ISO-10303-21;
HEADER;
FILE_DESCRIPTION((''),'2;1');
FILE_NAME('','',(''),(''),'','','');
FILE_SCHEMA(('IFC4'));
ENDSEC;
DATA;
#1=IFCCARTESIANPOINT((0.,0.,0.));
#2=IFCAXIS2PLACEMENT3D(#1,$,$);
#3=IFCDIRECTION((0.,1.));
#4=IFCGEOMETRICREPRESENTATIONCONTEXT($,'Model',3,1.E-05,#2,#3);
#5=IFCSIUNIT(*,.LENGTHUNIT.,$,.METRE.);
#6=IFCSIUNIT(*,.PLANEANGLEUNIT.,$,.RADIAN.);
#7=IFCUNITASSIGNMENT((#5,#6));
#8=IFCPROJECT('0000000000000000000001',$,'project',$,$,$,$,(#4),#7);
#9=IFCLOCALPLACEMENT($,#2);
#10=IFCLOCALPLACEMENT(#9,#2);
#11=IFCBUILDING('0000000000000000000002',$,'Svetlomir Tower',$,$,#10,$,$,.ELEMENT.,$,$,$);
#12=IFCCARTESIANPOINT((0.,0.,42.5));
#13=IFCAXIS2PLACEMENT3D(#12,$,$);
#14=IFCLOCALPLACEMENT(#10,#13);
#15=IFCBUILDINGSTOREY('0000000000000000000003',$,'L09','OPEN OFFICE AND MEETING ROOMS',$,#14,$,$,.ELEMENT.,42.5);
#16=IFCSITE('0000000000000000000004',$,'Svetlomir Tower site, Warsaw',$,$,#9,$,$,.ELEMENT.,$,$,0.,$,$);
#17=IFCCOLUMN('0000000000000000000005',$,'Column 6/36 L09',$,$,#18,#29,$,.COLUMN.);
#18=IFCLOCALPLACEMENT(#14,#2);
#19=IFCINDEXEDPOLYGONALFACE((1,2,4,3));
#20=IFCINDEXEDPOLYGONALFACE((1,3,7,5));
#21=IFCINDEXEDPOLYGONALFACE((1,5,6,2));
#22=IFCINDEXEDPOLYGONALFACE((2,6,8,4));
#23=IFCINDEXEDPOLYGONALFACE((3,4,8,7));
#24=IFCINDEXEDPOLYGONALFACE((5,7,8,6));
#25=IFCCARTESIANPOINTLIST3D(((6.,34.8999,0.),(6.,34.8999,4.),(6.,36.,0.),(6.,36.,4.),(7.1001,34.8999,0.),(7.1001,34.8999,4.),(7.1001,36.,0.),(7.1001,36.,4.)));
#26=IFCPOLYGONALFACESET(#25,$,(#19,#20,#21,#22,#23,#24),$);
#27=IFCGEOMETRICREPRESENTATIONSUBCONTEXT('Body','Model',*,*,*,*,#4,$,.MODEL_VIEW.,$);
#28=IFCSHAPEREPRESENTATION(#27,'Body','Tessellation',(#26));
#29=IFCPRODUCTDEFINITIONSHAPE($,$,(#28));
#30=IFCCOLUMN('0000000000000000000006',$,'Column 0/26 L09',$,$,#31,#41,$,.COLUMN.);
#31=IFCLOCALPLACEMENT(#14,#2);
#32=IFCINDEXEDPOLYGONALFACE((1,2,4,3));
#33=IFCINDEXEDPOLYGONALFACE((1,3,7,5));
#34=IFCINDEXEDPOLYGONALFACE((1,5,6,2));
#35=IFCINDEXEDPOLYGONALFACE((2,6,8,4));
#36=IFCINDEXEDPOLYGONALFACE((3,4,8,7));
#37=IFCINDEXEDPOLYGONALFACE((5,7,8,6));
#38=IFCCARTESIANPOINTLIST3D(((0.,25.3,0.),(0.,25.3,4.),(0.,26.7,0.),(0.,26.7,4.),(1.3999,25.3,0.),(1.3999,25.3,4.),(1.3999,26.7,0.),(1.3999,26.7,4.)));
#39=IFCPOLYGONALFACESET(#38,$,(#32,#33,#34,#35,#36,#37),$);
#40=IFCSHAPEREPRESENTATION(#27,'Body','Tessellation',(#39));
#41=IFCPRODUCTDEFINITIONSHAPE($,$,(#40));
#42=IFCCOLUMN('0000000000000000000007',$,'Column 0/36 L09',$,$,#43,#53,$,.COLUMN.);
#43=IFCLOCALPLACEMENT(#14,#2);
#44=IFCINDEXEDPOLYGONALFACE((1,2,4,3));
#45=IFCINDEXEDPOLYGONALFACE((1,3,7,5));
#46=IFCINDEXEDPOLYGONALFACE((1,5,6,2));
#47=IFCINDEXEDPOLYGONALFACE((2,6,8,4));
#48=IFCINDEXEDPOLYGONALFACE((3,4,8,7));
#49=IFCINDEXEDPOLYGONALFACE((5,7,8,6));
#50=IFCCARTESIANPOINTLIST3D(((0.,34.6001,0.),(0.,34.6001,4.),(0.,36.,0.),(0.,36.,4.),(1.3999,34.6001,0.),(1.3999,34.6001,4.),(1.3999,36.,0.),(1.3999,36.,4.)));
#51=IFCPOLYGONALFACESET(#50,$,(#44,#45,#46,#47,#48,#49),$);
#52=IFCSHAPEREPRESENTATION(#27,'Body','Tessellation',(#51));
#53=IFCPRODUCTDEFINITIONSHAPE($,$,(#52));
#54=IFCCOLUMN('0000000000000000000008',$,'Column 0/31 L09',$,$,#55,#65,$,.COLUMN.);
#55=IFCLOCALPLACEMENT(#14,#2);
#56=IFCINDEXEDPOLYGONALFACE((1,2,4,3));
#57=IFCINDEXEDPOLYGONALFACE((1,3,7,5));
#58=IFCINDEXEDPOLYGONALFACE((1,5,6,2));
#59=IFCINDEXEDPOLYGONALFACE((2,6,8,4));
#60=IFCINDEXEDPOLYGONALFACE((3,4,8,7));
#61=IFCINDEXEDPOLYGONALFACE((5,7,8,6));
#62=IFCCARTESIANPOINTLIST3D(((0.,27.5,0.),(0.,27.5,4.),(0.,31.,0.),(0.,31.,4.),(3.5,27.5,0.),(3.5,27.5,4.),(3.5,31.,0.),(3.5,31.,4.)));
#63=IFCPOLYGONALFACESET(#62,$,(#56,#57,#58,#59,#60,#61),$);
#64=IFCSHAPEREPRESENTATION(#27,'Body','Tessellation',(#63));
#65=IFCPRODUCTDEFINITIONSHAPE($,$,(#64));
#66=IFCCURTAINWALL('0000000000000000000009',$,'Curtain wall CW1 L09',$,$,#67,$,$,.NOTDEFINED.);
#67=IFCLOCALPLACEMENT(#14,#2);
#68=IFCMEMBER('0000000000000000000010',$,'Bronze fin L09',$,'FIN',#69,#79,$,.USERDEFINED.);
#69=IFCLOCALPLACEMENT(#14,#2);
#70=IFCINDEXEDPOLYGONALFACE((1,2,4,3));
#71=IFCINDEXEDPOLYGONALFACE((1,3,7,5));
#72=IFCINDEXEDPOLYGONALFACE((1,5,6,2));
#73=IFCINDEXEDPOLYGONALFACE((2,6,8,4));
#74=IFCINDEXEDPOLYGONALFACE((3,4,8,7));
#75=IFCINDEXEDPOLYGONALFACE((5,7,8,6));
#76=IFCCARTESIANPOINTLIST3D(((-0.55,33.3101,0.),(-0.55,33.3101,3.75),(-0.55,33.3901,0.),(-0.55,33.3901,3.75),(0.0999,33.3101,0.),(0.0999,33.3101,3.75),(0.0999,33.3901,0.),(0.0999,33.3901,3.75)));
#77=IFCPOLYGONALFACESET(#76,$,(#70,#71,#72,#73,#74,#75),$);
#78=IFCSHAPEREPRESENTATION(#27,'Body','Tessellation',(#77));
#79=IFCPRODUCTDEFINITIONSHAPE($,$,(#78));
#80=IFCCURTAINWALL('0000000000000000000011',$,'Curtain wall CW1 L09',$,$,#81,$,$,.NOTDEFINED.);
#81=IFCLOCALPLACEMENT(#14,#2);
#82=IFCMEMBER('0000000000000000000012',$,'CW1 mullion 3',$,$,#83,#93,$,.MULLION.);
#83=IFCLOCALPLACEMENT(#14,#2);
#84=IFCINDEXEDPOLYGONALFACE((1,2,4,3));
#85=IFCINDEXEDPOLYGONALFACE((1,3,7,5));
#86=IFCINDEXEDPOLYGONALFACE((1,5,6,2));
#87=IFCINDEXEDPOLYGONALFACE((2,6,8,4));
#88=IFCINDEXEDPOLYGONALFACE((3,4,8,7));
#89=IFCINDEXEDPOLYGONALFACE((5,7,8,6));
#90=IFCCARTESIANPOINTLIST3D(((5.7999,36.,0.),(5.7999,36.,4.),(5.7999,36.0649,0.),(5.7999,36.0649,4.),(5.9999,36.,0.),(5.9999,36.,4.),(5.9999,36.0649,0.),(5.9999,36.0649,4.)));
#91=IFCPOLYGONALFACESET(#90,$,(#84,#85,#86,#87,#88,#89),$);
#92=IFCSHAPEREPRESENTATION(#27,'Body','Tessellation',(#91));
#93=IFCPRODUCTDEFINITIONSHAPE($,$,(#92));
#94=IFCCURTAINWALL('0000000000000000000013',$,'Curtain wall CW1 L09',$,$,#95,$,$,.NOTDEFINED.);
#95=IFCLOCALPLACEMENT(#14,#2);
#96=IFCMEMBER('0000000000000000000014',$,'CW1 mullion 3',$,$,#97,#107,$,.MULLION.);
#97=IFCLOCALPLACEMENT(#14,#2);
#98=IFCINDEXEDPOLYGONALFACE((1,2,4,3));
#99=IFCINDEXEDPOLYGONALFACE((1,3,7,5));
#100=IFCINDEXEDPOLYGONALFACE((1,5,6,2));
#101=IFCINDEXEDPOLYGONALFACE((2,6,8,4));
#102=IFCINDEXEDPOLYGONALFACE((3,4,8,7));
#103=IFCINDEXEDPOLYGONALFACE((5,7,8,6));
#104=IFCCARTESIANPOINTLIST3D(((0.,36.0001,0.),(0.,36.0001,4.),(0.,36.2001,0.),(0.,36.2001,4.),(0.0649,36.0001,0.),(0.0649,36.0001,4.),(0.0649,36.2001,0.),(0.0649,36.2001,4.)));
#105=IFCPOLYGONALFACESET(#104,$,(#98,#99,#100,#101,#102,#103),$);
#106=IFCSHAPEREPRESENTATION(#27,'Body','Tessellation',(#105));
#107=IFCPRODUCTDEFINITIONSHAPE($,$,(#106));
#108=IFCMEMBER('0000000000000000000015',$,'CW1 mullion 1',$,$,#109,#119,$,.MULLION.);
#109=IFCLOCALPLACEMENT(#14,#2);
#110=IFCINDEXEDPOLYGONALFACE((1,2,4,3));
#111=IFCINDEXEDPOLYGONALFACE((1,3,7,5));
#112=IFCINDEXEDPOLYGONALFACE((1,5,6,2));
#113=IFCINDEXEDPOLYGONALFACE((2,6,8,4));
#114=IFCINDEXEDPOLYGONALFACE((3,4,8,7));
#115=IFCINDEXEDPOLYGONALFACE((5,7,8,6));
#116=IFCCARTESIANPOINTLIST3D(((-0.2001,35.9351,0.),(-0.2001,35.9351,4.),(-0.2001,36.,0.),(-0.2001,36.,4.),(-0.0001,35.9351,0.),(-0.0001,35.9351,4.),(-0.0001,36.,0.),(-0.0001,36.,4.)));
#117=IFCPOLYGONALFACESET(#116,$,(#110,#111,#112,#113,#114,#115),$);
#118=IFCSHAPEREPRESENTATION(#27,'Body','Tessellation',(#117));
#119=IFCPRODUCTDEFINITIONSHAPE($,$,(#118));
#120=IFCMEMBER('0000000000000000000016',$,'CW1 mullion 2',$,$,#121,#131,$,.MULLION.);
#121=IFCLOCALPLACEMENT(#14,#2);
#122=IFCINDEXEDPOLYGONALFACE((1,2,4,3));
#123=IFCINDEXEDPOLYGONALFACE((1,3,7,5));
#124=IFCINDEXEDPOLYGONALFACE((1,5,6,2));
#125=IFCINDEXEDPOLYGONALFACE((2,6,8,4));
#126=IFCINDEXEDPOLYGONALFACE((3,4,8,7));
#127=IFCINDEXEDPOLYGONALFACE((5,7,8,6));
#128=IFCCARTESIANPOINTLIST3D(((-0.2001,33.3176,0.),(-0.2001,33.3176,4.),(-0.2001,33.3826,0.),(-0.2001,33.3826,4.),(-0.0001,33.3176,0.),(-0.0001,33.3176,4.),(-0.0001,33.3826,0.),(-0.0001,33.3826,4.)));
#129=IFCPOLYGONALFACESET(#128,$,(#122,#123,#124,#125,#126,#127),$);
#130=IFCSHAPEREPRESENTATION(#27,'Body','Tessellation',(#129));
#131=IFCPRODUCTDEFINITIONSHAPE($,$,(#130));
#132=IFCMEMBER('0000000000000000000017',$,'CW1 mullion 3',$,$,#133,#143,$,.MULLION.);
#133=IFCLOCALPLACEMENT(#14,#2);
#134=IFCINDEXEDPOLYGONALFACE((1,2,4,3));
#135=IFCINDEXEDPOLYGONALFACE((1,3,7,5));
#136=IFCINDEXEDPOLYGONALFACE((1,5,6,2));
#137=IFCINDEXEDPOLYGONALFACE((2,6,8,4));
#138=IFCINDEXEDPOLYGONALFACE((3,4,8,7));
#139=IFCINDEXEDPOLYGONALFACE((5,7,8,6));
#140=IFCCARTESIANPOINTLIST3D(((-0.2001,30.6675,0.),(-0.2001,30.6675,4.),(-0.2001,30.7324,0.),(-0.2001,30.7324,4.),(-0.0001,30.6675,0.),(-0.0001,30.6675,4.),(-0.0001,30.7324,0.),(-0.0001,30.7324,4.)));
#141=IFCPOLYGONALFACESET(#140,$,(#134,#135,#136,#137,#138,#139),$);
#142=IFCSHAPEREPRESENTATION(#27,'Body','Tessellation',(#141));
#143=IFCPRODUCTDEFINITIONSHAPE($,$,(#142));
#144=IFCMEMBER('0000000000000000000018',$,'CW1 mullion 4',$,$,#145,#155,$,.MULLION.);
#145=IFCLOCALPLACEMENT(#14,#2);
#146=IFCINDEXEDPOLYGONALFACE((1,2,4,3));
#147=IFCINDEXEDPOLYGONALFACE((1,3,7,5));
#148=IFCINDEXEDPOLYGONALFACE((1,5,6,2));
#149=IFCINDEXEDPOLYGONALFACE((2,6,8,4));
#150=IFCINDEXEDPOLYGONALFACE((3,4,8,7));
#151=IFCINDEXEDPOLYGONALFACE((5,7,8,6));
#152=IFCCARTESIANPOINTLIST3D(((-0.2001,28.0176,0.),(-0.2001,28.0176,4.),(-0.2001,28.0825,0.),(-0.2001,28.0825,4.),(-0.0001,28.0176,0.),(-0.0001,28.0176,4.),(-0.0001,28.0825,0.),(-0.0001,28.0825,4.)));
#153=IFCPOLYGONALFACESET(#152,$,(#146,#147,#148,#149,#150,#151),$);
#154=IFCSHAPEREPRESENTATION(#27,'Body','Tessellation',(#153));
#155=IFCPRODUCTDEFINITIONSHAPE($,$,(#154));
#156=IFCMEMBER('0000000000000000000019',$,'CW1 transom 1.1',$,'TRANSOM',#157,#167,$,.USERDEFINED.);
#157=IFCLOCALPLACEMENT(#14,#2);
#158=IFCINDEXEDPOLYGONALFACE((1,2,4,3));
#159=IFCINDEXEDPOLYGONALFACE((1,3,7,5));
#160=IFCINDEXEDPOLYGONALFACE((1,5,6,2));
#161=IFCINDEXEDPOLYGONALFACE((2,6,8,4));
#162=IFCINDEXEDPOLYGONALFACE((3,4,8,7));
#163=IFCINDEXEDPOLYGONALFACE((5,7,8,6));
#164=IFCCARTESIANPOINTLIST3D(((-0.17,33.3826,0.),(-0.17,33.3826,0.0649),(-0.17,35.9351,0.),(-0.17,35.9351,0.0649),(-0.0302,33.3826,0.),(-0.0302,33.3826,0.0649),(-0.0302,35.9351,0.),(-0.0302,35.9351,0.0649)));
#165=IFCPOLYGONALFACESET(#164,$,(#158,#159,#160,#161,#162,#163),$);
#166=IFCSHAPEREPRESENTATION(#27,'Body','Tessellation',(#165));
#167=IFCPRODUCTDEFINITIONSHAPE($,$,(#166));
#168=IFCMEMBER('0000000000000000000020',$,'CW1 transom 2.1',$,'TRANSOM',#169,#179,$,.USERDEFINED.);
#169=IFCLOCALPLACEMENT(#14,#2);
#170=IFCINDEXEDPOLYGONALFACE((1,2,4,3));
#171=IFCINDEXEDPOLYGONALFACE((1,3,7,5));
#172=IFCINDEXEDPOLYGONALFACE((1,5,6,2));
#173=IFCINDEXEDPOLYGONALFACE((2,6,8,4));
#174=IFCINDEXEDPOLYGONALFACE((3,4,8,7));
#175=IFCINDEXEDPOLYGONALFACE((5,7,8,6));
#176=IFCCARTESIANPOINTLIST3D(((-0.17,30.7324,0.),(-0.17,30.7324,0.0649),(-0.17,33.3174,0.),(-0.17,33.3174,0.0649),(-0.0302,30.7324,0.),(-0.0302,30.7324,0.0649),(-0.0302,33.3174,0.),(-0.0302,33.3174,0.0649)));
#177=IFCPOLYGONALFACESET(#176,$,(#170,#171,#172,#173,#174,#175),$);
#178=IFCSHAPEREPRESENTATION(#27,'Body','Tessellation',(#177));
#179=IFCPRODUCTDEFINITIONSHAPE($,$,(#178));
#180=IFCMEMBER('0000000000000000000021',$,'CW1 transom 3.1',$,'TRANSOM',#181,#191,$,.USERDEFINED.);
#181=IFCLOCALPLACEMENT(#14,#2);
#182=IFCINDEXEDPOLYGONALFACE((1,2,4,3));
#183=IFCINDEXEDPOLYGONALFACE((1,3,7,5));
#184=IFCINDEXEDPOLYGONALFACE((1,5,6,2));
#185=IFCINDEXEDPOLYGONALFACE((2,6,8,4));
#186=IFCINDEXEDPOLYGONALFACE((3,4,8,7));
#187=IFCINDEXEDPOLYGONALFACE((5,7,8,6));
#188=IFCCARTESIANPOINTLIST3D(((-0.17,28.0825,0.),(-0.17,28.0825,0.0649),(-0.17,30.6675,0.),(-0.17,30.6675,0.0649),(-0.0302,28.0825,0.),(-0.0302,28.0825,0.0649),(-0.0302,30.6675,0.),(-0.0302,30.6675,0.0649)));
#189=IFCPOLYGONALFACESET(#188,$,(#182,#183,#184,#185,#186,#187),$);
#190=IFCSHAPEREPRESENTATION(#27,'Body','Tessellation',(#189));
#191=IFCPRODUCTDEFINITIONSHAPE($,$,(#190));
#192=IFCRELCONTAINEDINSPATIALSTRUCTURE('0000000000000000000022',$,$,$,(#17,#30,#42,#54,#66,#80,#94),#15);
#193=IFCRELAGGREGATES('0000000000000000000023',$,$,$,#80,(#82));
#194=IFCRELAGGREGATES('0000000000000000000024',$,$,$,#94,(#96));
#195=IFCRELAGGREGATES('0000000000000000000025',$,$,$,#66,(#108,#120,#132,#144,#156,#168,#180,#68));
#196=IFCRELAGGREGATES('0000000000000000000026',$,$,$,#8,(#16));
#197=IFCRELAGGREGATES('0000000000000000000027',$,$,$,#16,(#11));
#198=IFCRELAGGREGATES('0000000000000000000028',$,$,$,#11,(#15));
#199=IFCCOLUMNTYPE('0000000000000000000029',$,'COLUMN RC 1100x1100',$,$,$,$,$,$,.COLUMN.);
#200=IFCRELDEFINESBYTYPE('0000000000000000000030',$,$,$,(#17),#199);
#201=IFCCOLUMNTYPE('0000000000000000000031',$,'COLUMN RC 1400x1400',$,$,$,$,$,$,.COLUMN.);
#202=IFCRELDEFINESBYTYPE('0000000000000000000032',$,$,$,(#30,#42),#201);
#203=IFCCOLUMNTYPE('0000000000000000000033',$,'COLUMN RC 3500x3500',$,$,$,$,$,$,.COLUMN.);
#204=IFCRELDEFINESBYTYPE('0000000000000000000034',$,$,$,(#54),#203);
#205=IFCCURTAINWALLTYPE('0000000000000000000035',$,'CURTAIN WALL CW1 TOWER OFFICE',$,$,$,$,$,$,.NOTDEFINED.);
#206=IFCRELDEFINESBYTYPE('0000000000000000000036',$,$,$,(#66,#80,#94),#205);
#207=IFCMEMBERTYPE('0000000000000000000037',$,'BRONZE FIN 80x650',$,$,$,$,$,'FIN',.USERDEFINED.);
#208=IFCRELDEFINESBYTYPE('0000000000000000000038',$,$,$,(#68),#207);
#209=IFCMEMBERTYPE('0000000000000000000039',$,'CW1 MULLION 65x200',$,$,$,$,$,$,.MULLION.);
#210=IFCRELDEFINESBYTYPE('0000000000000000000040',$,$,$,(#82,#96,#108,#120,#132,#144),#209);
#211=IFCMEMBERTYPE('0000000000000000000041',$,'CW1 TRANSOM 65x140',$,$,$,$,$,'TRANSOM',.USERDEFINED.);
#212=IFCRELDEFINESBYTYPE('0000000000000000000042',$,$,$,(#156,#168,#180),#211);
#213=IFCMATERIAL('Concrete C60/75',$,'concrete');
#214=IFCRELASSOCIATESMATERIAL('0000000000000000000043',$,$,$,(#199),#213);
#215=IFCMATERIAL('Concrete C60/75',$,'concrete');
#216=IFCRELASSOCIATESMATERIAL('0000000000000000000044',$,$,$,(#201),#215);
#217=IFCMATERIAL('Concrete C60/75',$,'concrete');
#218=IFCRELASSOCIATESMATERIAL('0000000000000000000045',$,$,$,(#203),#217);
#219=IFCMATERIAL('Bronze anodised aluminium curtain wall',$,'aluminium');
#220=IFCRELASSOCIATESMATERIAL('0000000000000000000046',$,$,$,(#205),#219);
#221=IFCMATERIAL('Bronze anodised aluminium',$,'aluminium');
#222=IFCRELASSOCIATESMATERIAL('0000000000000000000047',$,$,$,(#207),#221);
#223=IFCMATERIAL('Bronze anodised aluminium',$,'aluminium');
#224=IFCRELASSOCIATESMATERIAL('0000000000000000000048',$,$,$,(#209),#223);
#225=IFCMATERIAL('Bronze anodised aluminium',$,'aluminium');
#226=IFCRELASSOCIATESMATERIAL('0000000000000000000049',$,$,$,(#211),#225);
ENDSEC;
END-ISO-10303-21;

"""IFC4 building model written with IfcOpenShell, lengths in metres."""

from ifc_helpers import new_model, si_unit, direction, frame, origin, origin_2d, place, context, subcontext, project, spatial, rectangle, extrude, material, material_profile, profile_set, type_object, element, aggregate, save


model = new_model("IFC4")

# Units and contexts
model_context = context("Model", 3, precision=1e-05, world=origin(), true_north=direction((0.0, 1.0)))
body_context = subcontext(model_context, "Body", "Model", "MODEL_VIEW")
ifc_project = project(units=[si_unit("LENGTHUNIT", "METRE"), si_unit("PLANEANGLEUNIT", "RADIAN")], contexts=[model_context])

# Site, building, storey
site_placement = place(None, origin())
site = spatial("IfcSite", under=ifc_project, at=site_placement, Name="Svetlomir Tower site, Warsaw", CompositionType="ELEMENT", RefElevation=0.0)
building_placement = place(site_placement, origin())
building = spatial("IfcBuilding", under=site, at=building_placement, Name="Svetlomir Tower", CompositionType="ELEMENT")
storey_placement = place(building_placement, frame((0.0, 0.0, 42.5)))
storey = spatial("IfcBuildingStorey", under=building, at=storey_placement, Name="L09", Description="OPEN OFFICE AND MEETING ROOMS", CompositionType="ELEMENT", Elevation=42.5)

# Columns
ifc_material_1 = material(Name="Concrete C60/75", Category="concrete")
ifc_material_profile_1 = material_profile(ifc_material_1, rectangle(XDim=1.1001, YDim=1.1001, at=origin_2d()), Name="RC 1100x1100")
ifc_profile_set_1 = profile_set([ifc_material_profile_1], Name="Concrete C60/75")
column_type_1 = type_object("IfcColumnType", Name="COLUMN RC 1100x1100", PredefinedType="COLUMN", material=ifc_profile_set_1)
column_1_placement = place(storey_placement, frame((6.55, 35.45, 0.0), z_axis=(0.0, 0.0, 1.0), x_axis=(1.0, 0.0, 0.0)))
element("IfcColumn", 1, at=column_1_placement, inside=storey, type_object=column_type_1, Name="Column 6/36 L09", PredefinedType="COLUMN", context=body_context, shape_type="SweptSolid", body=[
    extrude(rectangle(XDim=1.1001, YDim=1.1001, at=origin_2d()), origin(), (0.0, 0.0, 1.0), 4.0),
])
ifc_material_2 = material(Name="Concrete C60/75", Category="concrete")
ifc_material_profile_2 = material_profile(ifc_material_2, rectangle(XDim=1.3999, YDim=1.3999, at=origin_2d()), Name="RC 1400x1400")
ifc_profile_set_2 = profile_set([ifc_material_profile_2], Name="Concrete C60/75")
column_type_2 = type_object("IfcColumnType", Name="COLUMN RC 1400x1400", PredefinedType="COLUMN", material=ifc_profile_set_2)
for number, where, z_axis, x_axis, name in (
    (2, (0.7, 26.0, 0.0), (0.0, 0.0, 1.0), (1.0, 0.0, 0.0), "Column 0/26 L09"),
    (3, (0.7, 35.3, 0.0), (0.0, 0.0, 1.0), (1.0, 0.0, 0.0), "Column 0/36 L09"),
):
    element("IfcColumn", number, at=place(storey_placement, frame(where, z_axis=z_axis, x_axis=x_axis)), inside=storey, type_object=column_type_2, Name=name, PredefinedType="COLUMN", context=body_context, shape_type="SweptSolid", body=[
        extrude(rectangle(XDim=1.3999, YDim=1.3999, at=origin_2d()), origin(), (0.0, 0.0, 1.0), 4.0),
    ])
ifc_material_3 = material(Name="Concrete C60/75", Category="concrete")
ifc_material_profile_3 = material_profile(ifc_material_3, rectangle(XDim=3.5, YDim=3.5, at=origin_2d()), Name="RC 3500x3500")
ifc_profile_set_3 = profile_set([ifc_material_profile_3], Name="Concrete C60/75")
column_type_3 = type_object("IfcColumnType", Name="COLUMN RC 3500x3500", PredefinedType="COLUMN", material=ifc_profile_set_3)
column_2_placement = place(storey_placement, frame((1.75, 29.25, 0.0), z_axis=(0.0, 0.0, 1.0), x_axis=(1.0, 0.0, 0.0)))
element("IfcColumn", 4, at=column_2_placement, inside=storey, type_object=column_type_3, Name="Column 0/31 L09", PredefinedType="COLUMN", context=body_context, shape_type="SweptSolid", body=[
    extrude(rectangle(XDim=3.5, YDim=3.5, at=origin_2d()), origin(), (0.0, 0.0, 1.0), 4.0),
])

# Curtain walls, members
ifc_material_4 = material(Name="Bronze anodised aluminium curtain wall", Category="aluminium")
curtain_wall_type = type_object("IfcCurtainWallType", Name="CURTAIN WALL CW1 TOWER OFFICE", PredefinedType="NOTDEFINED", material=ifc_material_4)
curtain_wall_1_placement = place(storey_placement, origin())
curtain_wall_1 = element("IfcCurtainWall", 5, at=curtain_wall_1_placement, inside=storey, type_object=curtain_wall_type, Name="Curtain wall CW1 L09", PredefinedType="NOTDEFINED")
ifc_material_5 = material(Name="Bronze anodised aluminium", Category="aluminium")
ifc_material_profile_4 = material_profile(ifc_material_5, rectangle(XDim=0.0801, YDim=0.6499, at=origin_2d()), Name="FIN 80x650")
ifc_profile_set_4 = profile_set([ifc_material_profile_4], Name="Bronze anodised aluminium 6063-T6")
member_type_1 = type_object("IfcMemberType", Name="BRONZE FIN 80x650", ElementType="FIN", PredefinedType="USERDEFINED", material=ifc_profile_set_4)
member_1_placement = place(storey_placement, frame((-0.2251, 33.3501, 0.0), z_axis=(0.0, 0.0, 1.0), x_axis=(0.0, 1.0, 0.0)))
member_1 = element("IfcMember", 6, at=member_1_placement, type_object=member_type_1, Name="Bronze fin L09", ObjectType="FIN", PredefinedType="USERDEFINED", context=body_context, shape_type="SweptSolid", body=[
    extrude(rectangle(XDim=0.0801, YDim=0.6499, at=origin_2d()), origin(), (0.0, 0.0, 1.0), 3.75),
])
curtain_wall_2_placement = place(storey_placement, origin())
curtain_wall_2 = element("IfcCurtainWall", 7, at=curtain_wall_2_placement, inside=storey, type_object=curtain_wall_type, Name="Curtain wall CW1 L09", PredefinedType="NOTDEFINED")
ifc_material_6 = material(Name="Bronze anodised aluminium", Category="aluminium")
ifc_material_profile_5 = material_profile(ifc_material_6, rectangle(XDim=0.0649, YDim=0.2, at=origin_2d()), Name="AL 65x200")
ifc_profile_set_5 = profile_set([ifc_material_profile_5], Name="Bronze anodised aluminium 6063-T6")
member_type_2 = type_object("IfcMemberType", Name="CW1 MULLION 65x200", PredefinedType="MULLION", material=ifc_profile_set_5)
member_2_placement = place(storey_placement, frame((5.8999, 36.0325, 0.0), z_axis=(0.0, 0.0, 1.0), x_axis=(0.0, -1.0, 0.0)))
member_2 = element("IfcMember", 8, at=member_2_placement, type_object=member_type_2, Name="CW1 mullion 3", PredefinedType="MULLION", context=body_context, shape_type="SweptSolid", body=[
    extrude(rectangle(XDim=0.0649, YDim=0.2, at=origin_2d()), origin(), (0.0, 0.0, 1.0), 4.0),
])
aggregate(curtain_wall_2, [member_2])
curtain_wall_3_placement = place(storey_placement, origin())
curtain_wall_3 = element("IfcCurtainWall", 9, at=curtain_wall_3_placement, inside=storey, type_object=curtain_wall_type, Name="Curtain wall CW1 L09", PredefinedType="NOTDEFINED")
member_3_placement = place(storey_placement, frame((0.0325, 36.1001, 0.0), z_axis=(0.0, 0.0, 1.0), x_axis=(-1.0, 0.0, 0.0)))
member_3 = element("IfcMember", 10, at=member_3_placement, type_object=member_type_2, Name="CW1 mullion 3", PredefinedType="MULLION", context=body_context, shape_type="SweptSolid", body=[
    extrude(rectangle(XDim=0.0649, YDim=0.2, at=origin_2d()), origin(), (0.0, 0.0, 1.0), 4.0),
])

# Members
member_4_placement = place(storey_placement, frame((-0.1001, 35.9675, 0.0), z_axis=(0.0, 0.0, 1.0), x_axis=(0.0, -1.0, 0.0)))
member_4 = element("IfcMember", 11, at=member_4_placement, type_object=member_type_2, Name="CW1 mullion 1", PredefinedType="MULLION", context=body_context, shape_type="SweptSolid", body=[
    extrude(rectangle(XDim=0.0649, YDim=0.2, at=origin_2d()), origin(), (0.0, 0.0, 1.0), 4.0),
])
member_5_placement = place(storey_placement, frame((-0.1001, 33.3501, 0.0), z_axis=(0.0, 0.0, 1.0), x_axis=(0.0, -1.0, 0.0)))
member_5 = element("IfcMember", 12, at=member_5_placement, type_object=member_type_2, Name="CW1 mullion 2", PredefinedType="MULLION", context=body_context, shape_type="SweptSolid", body=[
    extrude(rectangle(XDim=0.0649, YDim=0.2, at=origin_2d()), origin(), (0.0, 0.0, 1.0), 4.0),
])
member_6_placement = place(storey_placement, frame((-0.1001, 30.7, 0.0), z_axis=(0.0, 0.0, 1.0), x_axis=(0.0, -1.0, 0.0)))
member_6 = element("IfcMember", 13, at=member_6_placement, type_object=member_type_2, Name="CW1 mullion 3", PredefinedType="MULLION", context=body_context, shape_type="SweptSolid", body=[
    extrude(rectangle(XDim=0.0649, YDim=0.2, at=origin_2d()), origin(), (0.0, 0.0, 1.0), 4.0),
])
member_7_placement = place(storey_placement, frame((-0.1001, 28.05, 0.0), z_axis=(0.0, 0.0, 1.0), x_axis=(0.0, -1.0, 0.0)))
member_7 = element("IfcMember", 14, at=member_7_placement, type_object=member_type_2, Name="CW1 mullion 4", PredefinedType="MULLION", context=body_context, shape_type="SweptSolid", body=[
    extrude(rectangle(XDim=0.0649, YDim=0.2, at=origin_2d()), origin(), (0.0, 0.0, 1.0), 4.0),
])
ifc_material_7 = material(Name="Bronze anodised aluminium", Category="aluminium")
ifc_material_profile_6 = material_profile(ifc_material_7, rectangle(XDim=0.1399, YDim=0.0649, at=origin_2d()), Name="AL 140x65")
ifc_profile_set_6 = profile_set([ifc_material_profile_6], Name="Bronze anodised aluminium 6063-T6")
member_type_3 = type_object("IfcMemberType", Name="CW1 TRANSOM 65x140", ElementType="TRANSOM", PredefinedType="USERDEFINED", material=ifc_profile_set_6)
member_8_placement = place(storey_placement, frame((-0.1001, 35.9351, 0.0325), z_axis=(0.0, -1.0, 0.0), x_axis=(1.0, 0.0, 0.0)))
member_8 = element("IfcMember", 15, at=member_8_placement, type_object=member_type_3, Name="CW1 transom 1.1", ObjectType="TRANSOM", PredefinedType="USERDEFINED", context=body_context, shape_type="SweptSolid", body=[
    extrude(rectangle(XDim=0.1399, YDim=0.0649, at=origin_2d()), origin(), (0.0, 0.0, 1.0), 2.5525),
])
member_9_placement = place(storey_placement, frame((-0.1001, 33.3174, 0.0325), z_axis=(0.0, -1.0, 0.0), x_axis=(1.0, 0.0, 0.0)))
member_9 = element("IfcMember", 16, at=member_9_placement, type_object=member_type_3, Name="CW1 transom 2.1", ObjectType="TRANSOM", PredefinedType="USERDEFINED", context=body_context, shape_type="SweptSolid", body=[
    extrude(rectangle(XDim=0.1399, YDim=0.0649, at=origin_2d()), origin(), (0.0, 0.0, 1.0), 2.585),
])
member_10_placement = place(storey_placement, frame((-0.1001, 30.6675, 0.0325), z_axis=(0.0, -1.0, 0.0), x_axis=(1.0, 0.0, 0.0)))
member_10 = element("IfcMember", 17, at=member_10_placement, type_object=member_type_3, Name="CW1 transom 3.1", ObjectType="TRANSOM", PredefinedType="USERDEFINED", context=body_context, shape_type="SweptSolid", body=[
    extrude(rectangle(XDim=0.1399, YDim=0.0649, at=origin_2d()), origin(), (0.0, 0.0, 1.0), 2.585),
])

aggregate(curtain_wall_3, [member_3])
aggregate(curtain_wall_1, [member_4, member_5, member_6, member_7, member_8, member_9, member_10, member_1])

save(model, "model.ifc")
